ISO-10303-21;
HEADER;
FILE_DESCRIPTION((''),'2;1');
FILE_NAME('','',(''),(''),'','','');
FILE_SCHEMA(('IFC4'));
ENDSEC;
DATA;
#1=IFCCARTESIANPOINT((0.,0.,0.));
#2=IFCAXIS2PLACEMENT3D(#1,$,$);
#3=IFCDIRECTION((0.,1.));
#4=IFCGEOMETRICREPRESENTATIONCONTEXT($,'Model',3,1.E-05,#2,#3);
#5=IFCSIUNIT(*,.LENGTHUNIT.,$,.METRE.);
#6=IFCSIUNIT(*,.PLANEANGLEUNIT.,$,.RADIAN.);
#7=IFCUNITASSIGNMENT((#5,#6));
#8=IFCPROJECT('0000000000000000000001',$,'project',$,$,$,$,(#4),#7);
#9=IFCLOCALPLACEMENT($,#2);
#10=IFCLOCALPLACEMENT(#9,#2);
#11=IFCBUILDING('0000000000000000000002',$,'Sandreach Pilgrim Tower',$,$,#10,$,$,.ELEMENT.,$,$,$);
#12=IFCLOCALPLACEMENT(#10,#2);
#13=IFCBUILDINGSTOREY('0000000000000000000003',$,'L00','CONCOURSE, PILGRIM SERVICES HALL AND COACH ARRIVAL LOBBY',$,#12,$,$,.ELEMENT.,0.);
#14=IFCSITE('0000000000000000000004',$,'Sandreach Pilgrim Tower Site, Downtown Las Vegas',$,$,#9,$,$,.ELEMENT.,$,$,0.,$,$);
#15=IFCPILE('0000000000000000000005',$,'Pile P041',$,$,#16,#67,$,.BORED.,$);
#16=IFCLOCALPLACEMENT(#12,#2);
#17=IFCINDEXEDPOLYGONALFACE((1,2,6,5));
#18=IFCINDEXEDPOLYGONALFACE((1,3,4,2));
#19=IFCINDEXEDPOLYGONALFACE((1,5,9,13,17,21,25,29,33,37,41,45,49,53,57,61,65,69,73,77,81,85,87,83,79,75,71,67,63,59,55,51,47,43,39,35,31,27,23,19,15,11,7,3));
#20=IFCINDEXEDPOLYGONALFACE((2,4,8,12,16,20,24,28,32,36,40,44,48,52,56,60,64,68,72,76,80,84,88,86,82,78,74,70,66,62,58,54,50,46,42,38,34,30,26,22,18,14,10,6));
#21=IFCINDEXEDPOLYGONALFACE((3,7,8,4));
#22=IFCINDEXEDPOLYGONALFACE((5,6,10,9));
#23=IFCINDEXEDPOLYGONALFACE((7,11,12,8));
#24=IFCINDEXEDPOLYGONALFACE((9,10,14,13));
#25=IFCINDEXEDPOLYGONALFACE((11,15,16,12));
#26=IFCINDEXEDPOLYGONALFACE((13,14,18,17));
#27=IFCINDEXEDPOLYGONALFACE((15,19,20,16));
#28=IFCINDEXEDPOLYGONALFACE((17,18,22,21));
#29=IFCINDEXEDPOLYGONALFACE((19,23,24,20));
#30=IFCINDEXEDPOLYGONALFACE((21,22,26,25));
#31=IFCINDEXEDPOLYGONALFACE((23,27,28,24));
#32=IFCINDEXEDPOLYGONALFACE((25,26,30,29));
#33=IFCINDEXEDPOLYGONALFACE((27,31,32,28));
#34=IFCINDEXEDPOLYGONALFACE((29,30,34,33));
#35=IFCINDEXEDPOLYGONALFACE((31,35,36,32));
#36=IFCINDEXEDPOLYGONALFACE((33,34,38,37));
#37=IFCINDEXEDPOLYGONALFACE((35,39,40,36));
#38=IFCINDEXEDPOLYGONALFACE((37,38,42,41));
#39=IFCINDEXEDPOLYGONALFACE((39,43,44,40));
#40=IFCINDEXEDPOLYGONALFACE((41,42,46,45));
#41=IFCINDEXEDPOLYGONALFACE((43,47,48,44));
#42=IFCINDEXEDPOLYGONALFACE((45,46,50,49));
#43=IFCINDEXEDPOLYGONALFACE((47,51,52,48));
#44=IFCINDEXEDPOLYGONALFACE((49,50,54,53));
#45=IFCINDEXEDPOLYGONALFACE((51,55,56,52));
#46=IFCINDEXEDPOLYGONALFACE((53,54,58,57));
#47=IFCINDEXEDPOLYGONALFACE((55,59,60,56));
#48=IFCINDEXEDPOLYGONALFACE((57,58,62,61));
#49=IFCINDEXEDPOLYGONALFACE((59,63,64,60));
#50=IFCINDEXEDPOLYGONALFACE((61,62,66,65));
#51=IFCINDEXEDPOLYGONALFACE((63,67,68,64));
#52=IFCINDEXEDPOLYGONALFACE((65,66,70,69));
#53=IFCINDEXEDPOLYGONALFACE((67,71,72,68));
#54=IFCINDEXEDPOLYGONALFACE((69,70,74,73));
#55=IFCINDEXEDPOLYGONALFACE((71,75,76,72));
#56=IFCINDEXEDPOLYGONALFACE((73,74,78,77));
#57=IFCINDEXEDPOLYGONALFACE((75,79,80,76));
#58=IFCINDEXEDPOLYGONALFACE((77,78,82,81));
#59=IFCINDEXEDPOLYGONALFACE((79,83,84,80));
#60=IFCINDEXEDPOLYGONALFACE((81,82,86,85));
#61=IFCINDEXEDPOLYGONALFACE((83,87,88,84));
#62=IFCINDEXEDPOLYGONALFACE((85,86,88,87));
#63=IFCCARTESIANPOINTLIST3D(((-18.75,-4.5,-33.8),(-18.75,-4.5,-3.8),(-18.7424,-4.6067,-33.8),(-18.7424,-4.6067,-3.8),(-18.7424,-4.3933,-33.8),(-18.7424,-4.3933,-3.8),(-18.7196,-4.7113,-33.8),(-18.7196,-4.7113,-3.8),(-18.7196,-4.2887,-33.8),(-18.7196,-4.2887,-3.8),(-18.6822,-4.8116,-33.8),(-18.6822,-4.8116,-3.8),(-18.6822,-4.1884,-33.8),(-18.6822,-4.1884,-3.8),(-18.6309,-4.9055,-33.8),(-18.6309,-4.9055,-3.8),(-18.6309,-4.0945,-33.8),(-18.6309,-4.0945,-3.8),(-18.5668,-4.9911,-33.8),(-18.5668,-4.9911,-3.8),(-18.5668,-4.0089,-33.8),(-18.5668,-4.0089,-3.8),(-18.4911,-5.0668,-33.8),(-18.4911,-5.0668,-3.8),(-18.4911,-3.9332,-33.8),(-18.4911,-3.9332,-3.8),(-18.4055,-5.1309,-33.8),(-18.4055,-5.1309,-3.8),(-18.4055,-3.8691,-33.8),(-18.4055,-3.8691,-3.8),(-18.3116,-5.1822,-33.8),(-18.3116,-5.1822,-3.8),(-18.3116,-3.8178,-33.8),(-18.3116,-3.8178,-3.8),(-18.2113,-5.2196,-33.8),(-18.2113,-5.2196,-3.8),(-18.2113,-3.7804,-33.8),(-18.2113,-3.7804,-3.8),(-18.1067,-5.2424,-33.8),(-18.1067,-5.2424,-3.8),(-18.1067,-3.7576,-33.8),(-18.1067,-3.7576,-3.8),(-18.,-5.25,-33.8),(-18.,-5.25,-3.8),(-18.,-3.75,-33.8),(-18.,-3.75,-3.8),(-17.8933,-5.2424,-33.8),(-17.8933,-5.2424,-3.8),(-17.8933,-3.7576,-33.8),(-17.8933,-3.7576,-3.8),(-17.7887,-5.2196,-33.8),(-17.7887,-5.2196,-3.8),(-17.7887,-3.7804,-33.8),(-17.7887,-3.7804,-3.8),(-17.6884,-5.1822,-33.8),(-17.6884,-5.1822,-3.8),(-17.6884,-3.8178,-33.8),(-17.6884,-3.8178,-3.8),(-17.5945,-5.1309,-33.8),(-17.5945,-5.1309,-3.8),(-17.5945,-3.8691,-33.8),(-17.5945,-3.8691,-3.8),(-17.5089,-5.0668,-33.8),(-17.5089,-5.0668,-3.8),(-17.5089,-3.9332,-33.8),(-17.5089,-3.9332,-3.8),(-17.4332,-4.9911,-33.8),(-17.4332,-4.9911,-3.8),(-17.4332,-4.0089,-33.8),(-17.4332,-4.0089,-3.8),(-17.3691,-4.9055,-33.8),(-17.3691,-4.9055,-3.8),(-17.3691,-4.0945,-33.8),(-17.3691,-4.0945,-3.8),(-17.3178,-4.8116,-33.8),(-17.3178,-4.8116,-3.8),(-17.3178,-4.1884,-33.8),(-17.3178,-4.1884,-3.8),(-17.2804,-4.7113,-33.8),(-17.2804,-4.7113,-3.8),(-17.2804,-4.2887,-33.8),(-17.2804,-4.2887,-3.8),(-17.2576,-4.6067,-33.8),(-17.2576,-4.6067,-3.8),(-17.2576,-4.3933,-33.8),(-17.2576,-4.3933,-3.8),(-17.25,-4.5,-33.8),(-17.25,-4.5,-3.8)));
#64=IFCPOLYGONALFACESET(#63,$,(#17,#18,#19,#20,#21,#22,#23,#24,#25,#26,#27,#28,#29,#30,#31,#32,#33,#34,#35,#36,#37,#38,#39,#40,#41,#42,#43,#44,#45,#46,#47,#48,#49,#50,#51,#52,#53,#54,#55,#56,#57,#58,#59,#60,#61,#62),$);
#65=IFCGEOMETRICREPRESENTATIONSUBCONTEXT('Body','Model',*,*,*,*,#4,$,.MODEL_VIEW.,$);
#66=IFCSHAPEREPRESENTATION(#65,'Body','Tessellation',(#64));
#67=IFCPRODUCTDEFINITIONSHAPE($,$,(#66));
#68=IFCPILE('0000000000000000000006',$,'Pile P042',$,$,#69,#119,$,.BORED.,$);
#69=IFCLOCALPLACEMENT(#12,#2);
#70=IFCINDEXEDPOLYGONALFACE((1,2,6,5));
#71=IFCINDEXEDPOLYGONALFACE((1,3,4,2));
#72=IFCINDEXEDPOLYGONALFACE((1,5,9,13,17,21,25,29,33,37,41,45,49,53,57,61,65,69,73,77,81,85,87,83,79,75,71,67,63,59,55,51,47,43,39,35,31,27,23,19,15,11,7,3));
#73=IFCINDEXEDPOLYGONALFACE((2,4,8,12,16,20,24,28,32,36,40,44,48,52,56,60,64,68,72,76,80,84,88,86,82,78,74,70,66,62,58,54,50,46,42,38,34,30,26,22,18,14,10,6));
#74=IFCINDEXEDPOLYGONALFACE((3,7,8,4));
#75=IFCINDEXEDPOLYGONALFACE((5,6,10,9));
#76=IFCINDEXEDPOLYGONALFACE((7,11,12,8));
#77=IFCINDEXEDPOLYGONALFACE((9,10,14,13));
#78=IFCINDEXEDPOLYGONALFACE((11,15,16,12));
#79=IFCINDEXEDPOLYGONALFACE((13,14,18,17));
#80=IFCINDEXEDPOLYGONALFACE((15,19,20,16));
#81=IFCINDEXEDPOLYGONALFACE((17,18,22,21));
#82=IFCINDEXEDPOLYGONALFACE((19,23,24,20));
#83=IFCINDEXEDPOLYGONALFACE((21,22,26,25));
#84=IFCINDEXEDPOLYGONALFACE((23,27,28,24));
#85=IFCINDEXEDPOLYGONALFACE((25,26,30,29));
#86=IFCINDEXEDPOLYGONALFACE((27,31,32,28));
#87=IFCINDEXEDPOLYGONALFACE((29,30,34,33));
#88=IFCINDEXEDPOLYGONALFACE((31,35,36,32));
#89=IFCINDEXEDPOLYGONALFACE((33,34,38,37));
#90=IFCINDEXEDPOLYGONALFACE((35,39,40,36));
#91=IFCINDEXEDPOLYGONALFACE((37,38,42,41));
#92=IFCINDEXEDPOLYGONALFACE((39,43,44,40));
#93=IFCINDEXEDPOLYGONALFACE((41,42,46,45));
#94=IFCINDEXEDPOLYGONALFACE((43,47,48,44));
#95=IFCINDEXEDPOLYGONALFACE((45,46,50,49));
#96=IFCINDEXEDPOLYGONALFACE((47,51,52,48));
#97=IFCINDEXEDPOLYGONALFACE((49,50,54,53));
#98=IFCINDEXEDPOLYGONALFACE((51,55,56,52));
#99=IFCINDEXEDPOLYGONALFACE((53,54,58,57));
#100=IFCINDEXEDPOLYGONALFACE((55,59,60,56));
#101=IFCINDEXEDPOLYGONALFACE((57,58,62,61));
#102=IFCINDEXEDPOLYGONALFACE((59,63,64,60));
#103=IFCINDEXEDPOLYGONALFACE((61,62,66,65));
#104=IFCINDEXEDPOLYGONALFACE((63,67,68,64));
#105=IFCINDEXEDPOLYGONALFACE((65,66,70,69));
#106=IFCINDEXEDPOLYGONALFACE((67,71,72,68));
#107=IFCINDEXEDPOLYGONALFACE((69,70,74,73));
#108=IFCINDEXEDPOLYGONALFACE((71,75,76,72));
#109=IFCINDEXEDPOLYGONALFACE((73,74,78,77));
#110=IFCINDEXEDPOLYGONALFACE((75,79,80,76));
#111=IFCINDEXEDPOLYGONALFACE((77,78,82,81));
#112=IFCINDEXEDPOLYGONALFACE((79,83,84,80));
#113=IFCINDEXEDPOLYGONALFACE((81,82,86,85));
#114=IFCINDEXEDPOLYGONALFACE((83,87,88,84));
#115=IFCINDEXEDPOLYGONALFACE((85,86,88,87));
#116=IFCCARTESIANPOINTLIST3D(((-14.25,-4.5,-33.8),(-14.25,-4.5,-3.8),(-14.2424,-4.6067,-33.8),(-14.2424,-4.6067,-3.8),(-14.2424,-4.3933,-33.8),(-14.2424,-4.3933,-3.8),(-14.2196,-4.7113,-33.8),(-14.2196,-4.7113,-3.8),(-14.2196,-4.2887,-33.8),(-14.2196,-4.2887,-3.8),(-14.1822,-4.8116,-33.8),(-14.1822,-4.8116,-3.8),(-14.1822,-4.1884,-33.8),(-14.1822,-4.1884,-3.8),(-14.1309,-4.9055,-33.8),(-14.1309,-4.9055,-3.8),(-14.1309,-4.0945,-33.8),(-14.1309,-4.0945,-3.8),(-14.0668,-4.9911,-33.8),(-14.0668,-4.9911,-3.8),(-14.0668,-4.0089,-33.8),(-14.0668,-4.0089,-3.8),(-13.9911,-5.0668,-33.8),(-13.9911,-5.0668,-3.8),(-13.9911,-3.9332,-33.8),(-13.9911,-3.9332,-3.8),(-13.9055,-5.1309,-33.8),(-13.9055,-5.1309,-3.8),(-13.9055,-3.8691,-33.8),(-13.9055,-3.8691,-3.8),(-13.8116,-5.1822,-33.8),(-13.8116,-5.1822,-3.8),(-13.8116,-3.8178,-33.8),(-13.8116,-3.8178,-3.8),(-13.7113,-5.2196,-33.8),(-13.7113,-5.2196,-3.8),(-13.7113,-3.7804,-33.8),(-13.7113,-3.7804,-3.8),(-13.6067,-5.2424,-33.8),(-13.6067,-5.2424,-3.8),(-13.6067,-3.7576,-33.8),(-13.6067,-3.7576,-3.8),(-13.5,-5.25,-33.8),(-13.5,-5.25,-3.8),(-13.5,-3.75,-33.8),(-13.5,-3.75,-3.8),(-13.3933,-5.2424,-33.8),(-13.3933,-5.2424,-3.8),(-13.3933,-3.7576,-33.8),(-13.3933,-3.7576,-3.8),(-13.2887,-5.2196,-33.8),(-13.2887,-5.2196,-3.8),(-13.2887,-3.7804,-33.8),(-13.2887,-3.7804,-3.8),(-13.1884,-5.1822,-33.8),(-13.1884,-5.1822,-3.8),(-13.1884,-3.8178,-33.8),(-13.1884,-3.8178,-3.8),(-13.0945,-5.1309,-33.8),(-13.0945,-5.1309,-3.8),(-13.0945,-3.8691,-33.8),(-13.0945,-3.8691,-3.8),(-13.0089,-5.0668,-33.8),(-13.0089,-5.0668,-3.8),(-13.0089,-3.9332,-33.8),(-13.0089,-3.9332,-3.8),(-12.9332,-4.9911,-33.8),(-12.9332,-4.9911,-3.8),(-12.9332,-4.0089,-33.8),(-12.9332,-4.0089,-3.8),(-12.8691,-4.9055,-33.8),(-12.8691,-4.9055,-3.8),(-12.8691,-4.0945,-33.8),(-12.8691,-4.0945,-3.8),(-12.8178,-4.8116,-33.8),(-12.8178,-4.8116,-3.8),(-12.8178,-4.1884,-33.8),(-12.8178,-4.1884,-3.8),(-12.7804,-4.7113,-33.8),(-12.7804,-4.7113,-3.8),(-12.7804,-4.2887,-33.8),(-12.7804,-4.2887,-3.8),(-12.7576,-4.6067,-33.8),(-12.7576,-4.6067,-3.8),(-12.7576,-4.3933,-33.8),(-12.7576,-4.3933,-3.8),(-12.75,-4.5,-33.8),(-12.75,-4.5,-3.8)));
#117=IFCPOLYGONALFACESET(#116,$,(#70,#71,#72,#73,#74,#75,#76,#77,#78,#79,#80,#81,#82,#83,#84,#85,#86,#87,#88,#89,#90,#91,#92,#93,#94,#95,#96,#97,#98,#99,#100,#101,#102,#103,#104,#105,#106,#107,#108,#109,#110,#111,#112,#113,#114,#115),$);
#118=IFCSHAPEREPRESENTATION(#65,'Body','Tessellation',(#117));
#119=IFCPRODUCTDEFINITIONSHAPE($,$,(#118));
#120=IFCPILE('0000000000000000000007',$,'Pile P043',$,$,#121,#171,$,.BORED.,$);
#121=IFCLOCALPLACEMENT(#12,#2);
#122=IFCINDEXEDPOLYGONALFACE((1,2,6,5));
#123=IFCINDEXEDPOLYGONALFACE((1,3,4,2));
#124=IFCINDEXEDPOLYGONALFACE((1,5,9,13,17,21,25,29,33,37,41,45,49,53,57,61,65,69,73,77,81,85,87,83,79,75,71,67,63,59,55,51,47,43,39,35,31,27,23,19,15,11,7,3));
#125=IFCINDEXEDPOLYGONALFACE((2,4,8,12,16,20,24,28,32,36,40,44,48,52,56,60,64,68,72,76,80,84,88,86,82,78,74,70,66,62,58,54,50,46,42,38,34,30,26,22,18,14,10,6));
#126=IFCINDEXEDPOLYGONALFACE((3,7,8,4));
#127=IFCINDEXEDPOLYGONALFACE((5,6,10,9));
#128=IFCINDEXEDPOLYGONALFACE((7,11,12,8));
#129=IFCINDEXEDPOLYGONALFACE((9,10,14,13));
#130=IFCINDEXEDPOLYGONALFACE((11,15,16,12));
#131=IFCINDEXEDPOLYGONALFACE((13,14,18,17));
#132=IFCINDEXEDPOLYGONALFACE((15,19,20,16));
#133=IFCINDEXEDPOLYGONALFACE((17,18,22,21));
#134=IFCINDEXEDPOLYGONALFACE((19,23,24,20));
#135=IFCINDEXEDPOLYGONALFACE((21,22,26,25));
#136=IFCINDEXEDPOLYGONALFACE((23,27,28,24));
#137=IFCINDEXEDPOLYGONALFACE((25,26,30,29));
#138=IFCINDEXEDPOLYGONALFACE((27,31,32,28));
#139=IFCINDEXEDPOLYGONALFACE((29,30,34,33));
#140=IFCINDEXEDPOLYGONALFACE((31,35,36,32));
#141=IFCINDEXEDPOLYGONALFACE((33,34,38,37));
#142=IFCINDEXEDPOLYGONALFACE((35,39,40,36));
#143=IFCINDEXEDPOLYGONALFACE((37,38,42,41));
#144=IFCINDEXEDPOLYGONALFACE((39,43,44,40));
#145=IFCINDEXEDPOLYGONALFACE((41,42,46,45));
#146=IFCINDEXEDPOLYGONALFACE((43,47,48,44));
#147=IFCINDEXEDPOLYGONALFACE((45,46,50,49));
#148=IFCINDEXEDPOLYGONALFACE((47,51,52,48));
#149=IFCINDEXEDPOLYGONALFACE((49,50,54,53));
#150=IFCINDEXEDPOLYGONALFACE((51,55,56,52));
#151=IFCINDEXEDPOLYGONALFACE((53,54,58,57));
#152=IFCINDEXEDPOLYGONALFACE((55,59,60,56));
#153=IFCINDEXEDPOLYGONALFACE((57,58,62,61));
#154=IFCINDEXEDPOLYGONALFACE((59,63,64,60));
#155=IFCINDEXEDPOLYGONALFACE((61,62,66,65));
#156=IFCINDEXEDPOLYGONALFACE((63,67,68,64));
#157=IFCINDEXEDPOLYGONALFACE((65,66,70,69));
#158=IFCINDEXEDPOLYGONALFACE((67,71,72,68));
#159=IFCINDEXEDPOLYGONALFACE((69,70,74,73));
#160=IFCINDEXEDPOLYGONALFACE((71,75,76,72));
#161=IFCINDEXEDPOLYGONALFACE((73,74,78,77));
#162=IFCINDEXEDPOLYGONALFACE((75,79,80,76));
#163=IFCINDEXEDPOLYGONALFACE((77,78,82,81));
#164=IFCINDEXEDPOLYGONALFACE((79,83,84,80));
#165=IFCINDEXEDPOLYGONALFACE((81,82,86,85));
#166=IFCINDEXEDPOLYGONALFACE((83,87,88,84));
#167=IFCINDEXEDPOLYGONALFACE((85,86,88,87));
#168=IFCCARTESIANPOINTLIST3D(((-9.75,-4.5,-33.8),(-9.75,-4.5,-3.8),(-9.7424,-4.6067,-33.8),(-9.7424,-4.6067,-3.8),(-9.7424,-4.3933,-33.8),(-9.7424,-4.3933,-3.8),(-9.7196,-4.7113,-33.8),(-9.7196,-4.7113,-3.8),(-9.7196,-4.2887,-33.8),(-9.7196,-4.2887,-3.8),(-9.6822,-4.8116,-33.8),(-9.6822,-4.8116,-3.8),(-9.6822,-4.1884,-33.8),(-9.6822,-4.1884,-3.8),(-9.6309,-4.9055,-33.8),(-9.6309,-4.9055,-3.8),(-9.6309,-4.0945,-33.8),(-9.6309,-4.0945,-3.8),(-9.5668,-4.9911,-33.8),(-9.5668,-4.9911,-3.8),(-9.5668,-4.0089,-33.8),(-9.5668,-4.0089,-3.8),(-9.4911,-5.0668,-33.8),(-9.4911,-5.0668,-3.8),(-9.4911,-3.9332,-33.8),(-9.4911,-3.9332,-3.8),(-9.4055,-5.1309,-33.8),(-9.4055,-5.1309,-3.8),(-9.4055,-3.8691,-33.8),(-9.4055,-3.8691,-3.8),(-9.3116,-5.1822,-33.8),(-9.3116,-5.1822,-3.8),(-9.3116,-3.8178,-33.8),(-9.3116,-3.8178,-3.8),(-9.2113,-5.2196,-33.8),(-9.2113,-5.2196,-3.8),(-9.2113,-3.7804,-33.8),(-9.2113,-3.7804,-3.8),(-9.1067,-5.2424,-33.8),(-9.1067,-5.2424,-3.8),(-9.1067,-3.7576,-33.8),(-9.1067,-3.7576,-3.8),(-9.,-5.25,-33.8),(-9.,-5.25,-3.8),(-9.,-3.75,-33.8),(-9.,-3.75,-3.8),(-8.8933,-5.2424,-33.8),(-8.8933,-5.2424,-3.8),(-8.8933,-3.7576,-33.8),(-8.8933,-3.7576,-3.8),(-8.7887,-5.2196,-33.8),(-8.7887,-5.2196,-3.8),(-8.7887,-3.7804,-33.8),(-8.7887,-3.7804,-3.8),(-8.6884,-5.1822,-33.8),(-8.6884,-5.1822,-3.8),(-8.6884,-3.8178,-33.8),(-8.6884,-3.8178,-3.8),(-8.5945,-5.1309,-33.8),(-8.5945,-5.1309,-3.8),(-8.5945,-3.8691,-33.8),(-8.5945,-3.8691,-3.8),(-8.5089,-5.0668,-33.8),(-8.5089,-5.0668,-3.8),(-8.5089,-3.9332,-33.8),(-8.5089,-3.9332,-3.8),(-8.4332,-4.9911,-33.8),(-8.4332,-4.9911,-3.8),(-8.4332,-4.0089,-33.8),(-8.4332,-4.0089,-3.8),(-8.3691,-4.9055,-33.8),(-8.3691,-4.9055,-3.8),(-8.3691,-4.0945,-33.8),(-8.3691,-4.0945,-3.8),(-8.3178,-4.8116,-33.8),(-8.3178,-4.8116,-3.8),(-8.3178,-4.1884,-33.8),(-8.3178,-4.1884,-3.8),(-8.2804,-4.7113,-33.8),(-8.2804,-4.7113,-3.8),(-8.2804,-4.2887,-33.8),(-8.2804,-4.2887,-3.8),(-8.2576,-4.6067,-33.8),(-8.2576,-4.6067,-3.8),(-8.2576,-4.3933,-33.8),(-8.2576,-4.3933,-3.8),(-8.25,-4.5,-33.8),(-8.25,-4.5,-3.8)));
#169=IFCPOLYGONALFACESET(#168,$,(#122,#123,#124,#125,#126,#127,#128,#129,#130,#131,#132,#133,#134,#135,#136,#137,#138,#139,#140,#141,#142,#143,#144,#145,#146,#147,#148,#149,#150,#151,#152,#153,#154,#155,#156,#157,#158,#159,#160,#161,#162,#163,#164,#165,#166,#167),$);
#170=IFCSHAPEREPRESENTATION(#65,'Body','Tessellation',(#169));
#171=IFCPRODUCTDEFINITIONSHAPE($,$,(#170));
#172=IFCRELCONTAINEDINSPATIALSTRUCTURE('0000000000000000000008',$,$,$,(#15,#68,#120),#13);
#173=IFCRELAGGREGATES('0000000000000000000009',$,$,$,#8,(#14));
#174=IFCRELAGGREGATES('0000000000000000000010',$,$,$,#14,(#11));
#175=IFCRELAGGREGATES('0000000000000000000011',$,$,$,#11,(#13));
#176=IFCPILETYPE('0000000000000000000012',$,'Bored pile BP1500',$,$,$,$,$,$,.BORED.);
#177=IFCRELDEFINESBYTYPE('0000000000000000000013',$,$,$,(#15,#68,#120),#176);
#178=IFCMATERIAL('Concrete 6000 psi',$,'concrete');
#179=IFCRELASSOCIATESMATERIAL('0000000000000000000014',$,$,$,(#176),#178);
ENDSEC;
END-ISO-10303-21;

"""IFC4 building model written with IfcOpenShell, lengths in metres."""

from ifc_helpers import new_model, si_unit, direction, frame, origin, origin_2d, place, context, subcontext, project, spatial, circle, extrude, material, material_profile, profile_set, type_object, element, save


model = new_model("IFC4")

# Units and contexts
model_context = context("Model", 3, precision=1e-05, world=origin(), true_north=direction((0.0, 1.0)))
body_context = subcontext(model_context, "Body", "Model", "MODEL_VIEW")
ifc_project = project(units=[si_unit("LENGTHUNIT", "METRE"), si_unit("PLANEANGLEUNIT", "RADIAN")], contexts=[model_context])

# Site, building, storey
site_placement = place(None, origin())
site = spatial("IfcSite", under=ifc_project, at=site_placement, Name="Sandreach Pilgrim Tower Site, Downtown Las Vegas", CompositionType="ELEMENT", RefElevation=0.0)
building_placement = place(site_placement, origin())
building = spatial("IfcBuilding", under=site, at=building_placement, Name="Sandreach Pilgrim Tower", CompositionType="ELEMENT")
storey_placement = place(building_placement, origin())
storey = spatial("IfcBuildingStorey", under=building, at=storey_placement, Name="L00", Description="CONCOURSE, PILGRIM SERVICES HALL AND COACH ARRIVAL LOBBY", CompositionType="ELEMENT", Elevation=0.0)

# Piles
ifc_material_1 = material(Name="Concrete 6000 psi", Category="concrete")
ifc_material_profile = material_profile(ifc_material_1, circle(Radius=0.75, at=origin_2d()), Name="BP1500")
ifc_profile_set = profile_set([ifc_material_profile], Name="Concrete 6000 psi")
pile_type = type_object("IfcPileType", Name="Bored pile BP1500", PredefinedType="BORED", material=ifc_profile_set)
for number, where, z_axis, x_axis, name in (
    (1, (-18.0, -4.5, -3.8), (0.0, 0.0, -1.0), (1.0, 0.0, 0.0), "Pile P041"),
    (2, (-13.5, -4.5, -3.8), (0.0, 0.0, -1.0), (1.0, 0.0, 0.0), "Pile P042"),
    (3, (-9.0, -4.5, -3.8), (0.0, 0.0, -1.0), (1.0, 0.0, 0.0), "Pile P043"),
):
    element("IfcPile", number, at=place(storey_placement, frame(where, z_axis=z_axis, x_axis=x_axis)), inside=storey, type_object=pile_type, Name=name, PredefinedType="BORED", context=body_context, shape_type="SweptSolid", body=[
        extrude(circle(Radius=0.75, at=origin_2d()), origin(), (0.0, 0.0, 1.0), 30.0),
    ])

save(model, "model.ifc")
